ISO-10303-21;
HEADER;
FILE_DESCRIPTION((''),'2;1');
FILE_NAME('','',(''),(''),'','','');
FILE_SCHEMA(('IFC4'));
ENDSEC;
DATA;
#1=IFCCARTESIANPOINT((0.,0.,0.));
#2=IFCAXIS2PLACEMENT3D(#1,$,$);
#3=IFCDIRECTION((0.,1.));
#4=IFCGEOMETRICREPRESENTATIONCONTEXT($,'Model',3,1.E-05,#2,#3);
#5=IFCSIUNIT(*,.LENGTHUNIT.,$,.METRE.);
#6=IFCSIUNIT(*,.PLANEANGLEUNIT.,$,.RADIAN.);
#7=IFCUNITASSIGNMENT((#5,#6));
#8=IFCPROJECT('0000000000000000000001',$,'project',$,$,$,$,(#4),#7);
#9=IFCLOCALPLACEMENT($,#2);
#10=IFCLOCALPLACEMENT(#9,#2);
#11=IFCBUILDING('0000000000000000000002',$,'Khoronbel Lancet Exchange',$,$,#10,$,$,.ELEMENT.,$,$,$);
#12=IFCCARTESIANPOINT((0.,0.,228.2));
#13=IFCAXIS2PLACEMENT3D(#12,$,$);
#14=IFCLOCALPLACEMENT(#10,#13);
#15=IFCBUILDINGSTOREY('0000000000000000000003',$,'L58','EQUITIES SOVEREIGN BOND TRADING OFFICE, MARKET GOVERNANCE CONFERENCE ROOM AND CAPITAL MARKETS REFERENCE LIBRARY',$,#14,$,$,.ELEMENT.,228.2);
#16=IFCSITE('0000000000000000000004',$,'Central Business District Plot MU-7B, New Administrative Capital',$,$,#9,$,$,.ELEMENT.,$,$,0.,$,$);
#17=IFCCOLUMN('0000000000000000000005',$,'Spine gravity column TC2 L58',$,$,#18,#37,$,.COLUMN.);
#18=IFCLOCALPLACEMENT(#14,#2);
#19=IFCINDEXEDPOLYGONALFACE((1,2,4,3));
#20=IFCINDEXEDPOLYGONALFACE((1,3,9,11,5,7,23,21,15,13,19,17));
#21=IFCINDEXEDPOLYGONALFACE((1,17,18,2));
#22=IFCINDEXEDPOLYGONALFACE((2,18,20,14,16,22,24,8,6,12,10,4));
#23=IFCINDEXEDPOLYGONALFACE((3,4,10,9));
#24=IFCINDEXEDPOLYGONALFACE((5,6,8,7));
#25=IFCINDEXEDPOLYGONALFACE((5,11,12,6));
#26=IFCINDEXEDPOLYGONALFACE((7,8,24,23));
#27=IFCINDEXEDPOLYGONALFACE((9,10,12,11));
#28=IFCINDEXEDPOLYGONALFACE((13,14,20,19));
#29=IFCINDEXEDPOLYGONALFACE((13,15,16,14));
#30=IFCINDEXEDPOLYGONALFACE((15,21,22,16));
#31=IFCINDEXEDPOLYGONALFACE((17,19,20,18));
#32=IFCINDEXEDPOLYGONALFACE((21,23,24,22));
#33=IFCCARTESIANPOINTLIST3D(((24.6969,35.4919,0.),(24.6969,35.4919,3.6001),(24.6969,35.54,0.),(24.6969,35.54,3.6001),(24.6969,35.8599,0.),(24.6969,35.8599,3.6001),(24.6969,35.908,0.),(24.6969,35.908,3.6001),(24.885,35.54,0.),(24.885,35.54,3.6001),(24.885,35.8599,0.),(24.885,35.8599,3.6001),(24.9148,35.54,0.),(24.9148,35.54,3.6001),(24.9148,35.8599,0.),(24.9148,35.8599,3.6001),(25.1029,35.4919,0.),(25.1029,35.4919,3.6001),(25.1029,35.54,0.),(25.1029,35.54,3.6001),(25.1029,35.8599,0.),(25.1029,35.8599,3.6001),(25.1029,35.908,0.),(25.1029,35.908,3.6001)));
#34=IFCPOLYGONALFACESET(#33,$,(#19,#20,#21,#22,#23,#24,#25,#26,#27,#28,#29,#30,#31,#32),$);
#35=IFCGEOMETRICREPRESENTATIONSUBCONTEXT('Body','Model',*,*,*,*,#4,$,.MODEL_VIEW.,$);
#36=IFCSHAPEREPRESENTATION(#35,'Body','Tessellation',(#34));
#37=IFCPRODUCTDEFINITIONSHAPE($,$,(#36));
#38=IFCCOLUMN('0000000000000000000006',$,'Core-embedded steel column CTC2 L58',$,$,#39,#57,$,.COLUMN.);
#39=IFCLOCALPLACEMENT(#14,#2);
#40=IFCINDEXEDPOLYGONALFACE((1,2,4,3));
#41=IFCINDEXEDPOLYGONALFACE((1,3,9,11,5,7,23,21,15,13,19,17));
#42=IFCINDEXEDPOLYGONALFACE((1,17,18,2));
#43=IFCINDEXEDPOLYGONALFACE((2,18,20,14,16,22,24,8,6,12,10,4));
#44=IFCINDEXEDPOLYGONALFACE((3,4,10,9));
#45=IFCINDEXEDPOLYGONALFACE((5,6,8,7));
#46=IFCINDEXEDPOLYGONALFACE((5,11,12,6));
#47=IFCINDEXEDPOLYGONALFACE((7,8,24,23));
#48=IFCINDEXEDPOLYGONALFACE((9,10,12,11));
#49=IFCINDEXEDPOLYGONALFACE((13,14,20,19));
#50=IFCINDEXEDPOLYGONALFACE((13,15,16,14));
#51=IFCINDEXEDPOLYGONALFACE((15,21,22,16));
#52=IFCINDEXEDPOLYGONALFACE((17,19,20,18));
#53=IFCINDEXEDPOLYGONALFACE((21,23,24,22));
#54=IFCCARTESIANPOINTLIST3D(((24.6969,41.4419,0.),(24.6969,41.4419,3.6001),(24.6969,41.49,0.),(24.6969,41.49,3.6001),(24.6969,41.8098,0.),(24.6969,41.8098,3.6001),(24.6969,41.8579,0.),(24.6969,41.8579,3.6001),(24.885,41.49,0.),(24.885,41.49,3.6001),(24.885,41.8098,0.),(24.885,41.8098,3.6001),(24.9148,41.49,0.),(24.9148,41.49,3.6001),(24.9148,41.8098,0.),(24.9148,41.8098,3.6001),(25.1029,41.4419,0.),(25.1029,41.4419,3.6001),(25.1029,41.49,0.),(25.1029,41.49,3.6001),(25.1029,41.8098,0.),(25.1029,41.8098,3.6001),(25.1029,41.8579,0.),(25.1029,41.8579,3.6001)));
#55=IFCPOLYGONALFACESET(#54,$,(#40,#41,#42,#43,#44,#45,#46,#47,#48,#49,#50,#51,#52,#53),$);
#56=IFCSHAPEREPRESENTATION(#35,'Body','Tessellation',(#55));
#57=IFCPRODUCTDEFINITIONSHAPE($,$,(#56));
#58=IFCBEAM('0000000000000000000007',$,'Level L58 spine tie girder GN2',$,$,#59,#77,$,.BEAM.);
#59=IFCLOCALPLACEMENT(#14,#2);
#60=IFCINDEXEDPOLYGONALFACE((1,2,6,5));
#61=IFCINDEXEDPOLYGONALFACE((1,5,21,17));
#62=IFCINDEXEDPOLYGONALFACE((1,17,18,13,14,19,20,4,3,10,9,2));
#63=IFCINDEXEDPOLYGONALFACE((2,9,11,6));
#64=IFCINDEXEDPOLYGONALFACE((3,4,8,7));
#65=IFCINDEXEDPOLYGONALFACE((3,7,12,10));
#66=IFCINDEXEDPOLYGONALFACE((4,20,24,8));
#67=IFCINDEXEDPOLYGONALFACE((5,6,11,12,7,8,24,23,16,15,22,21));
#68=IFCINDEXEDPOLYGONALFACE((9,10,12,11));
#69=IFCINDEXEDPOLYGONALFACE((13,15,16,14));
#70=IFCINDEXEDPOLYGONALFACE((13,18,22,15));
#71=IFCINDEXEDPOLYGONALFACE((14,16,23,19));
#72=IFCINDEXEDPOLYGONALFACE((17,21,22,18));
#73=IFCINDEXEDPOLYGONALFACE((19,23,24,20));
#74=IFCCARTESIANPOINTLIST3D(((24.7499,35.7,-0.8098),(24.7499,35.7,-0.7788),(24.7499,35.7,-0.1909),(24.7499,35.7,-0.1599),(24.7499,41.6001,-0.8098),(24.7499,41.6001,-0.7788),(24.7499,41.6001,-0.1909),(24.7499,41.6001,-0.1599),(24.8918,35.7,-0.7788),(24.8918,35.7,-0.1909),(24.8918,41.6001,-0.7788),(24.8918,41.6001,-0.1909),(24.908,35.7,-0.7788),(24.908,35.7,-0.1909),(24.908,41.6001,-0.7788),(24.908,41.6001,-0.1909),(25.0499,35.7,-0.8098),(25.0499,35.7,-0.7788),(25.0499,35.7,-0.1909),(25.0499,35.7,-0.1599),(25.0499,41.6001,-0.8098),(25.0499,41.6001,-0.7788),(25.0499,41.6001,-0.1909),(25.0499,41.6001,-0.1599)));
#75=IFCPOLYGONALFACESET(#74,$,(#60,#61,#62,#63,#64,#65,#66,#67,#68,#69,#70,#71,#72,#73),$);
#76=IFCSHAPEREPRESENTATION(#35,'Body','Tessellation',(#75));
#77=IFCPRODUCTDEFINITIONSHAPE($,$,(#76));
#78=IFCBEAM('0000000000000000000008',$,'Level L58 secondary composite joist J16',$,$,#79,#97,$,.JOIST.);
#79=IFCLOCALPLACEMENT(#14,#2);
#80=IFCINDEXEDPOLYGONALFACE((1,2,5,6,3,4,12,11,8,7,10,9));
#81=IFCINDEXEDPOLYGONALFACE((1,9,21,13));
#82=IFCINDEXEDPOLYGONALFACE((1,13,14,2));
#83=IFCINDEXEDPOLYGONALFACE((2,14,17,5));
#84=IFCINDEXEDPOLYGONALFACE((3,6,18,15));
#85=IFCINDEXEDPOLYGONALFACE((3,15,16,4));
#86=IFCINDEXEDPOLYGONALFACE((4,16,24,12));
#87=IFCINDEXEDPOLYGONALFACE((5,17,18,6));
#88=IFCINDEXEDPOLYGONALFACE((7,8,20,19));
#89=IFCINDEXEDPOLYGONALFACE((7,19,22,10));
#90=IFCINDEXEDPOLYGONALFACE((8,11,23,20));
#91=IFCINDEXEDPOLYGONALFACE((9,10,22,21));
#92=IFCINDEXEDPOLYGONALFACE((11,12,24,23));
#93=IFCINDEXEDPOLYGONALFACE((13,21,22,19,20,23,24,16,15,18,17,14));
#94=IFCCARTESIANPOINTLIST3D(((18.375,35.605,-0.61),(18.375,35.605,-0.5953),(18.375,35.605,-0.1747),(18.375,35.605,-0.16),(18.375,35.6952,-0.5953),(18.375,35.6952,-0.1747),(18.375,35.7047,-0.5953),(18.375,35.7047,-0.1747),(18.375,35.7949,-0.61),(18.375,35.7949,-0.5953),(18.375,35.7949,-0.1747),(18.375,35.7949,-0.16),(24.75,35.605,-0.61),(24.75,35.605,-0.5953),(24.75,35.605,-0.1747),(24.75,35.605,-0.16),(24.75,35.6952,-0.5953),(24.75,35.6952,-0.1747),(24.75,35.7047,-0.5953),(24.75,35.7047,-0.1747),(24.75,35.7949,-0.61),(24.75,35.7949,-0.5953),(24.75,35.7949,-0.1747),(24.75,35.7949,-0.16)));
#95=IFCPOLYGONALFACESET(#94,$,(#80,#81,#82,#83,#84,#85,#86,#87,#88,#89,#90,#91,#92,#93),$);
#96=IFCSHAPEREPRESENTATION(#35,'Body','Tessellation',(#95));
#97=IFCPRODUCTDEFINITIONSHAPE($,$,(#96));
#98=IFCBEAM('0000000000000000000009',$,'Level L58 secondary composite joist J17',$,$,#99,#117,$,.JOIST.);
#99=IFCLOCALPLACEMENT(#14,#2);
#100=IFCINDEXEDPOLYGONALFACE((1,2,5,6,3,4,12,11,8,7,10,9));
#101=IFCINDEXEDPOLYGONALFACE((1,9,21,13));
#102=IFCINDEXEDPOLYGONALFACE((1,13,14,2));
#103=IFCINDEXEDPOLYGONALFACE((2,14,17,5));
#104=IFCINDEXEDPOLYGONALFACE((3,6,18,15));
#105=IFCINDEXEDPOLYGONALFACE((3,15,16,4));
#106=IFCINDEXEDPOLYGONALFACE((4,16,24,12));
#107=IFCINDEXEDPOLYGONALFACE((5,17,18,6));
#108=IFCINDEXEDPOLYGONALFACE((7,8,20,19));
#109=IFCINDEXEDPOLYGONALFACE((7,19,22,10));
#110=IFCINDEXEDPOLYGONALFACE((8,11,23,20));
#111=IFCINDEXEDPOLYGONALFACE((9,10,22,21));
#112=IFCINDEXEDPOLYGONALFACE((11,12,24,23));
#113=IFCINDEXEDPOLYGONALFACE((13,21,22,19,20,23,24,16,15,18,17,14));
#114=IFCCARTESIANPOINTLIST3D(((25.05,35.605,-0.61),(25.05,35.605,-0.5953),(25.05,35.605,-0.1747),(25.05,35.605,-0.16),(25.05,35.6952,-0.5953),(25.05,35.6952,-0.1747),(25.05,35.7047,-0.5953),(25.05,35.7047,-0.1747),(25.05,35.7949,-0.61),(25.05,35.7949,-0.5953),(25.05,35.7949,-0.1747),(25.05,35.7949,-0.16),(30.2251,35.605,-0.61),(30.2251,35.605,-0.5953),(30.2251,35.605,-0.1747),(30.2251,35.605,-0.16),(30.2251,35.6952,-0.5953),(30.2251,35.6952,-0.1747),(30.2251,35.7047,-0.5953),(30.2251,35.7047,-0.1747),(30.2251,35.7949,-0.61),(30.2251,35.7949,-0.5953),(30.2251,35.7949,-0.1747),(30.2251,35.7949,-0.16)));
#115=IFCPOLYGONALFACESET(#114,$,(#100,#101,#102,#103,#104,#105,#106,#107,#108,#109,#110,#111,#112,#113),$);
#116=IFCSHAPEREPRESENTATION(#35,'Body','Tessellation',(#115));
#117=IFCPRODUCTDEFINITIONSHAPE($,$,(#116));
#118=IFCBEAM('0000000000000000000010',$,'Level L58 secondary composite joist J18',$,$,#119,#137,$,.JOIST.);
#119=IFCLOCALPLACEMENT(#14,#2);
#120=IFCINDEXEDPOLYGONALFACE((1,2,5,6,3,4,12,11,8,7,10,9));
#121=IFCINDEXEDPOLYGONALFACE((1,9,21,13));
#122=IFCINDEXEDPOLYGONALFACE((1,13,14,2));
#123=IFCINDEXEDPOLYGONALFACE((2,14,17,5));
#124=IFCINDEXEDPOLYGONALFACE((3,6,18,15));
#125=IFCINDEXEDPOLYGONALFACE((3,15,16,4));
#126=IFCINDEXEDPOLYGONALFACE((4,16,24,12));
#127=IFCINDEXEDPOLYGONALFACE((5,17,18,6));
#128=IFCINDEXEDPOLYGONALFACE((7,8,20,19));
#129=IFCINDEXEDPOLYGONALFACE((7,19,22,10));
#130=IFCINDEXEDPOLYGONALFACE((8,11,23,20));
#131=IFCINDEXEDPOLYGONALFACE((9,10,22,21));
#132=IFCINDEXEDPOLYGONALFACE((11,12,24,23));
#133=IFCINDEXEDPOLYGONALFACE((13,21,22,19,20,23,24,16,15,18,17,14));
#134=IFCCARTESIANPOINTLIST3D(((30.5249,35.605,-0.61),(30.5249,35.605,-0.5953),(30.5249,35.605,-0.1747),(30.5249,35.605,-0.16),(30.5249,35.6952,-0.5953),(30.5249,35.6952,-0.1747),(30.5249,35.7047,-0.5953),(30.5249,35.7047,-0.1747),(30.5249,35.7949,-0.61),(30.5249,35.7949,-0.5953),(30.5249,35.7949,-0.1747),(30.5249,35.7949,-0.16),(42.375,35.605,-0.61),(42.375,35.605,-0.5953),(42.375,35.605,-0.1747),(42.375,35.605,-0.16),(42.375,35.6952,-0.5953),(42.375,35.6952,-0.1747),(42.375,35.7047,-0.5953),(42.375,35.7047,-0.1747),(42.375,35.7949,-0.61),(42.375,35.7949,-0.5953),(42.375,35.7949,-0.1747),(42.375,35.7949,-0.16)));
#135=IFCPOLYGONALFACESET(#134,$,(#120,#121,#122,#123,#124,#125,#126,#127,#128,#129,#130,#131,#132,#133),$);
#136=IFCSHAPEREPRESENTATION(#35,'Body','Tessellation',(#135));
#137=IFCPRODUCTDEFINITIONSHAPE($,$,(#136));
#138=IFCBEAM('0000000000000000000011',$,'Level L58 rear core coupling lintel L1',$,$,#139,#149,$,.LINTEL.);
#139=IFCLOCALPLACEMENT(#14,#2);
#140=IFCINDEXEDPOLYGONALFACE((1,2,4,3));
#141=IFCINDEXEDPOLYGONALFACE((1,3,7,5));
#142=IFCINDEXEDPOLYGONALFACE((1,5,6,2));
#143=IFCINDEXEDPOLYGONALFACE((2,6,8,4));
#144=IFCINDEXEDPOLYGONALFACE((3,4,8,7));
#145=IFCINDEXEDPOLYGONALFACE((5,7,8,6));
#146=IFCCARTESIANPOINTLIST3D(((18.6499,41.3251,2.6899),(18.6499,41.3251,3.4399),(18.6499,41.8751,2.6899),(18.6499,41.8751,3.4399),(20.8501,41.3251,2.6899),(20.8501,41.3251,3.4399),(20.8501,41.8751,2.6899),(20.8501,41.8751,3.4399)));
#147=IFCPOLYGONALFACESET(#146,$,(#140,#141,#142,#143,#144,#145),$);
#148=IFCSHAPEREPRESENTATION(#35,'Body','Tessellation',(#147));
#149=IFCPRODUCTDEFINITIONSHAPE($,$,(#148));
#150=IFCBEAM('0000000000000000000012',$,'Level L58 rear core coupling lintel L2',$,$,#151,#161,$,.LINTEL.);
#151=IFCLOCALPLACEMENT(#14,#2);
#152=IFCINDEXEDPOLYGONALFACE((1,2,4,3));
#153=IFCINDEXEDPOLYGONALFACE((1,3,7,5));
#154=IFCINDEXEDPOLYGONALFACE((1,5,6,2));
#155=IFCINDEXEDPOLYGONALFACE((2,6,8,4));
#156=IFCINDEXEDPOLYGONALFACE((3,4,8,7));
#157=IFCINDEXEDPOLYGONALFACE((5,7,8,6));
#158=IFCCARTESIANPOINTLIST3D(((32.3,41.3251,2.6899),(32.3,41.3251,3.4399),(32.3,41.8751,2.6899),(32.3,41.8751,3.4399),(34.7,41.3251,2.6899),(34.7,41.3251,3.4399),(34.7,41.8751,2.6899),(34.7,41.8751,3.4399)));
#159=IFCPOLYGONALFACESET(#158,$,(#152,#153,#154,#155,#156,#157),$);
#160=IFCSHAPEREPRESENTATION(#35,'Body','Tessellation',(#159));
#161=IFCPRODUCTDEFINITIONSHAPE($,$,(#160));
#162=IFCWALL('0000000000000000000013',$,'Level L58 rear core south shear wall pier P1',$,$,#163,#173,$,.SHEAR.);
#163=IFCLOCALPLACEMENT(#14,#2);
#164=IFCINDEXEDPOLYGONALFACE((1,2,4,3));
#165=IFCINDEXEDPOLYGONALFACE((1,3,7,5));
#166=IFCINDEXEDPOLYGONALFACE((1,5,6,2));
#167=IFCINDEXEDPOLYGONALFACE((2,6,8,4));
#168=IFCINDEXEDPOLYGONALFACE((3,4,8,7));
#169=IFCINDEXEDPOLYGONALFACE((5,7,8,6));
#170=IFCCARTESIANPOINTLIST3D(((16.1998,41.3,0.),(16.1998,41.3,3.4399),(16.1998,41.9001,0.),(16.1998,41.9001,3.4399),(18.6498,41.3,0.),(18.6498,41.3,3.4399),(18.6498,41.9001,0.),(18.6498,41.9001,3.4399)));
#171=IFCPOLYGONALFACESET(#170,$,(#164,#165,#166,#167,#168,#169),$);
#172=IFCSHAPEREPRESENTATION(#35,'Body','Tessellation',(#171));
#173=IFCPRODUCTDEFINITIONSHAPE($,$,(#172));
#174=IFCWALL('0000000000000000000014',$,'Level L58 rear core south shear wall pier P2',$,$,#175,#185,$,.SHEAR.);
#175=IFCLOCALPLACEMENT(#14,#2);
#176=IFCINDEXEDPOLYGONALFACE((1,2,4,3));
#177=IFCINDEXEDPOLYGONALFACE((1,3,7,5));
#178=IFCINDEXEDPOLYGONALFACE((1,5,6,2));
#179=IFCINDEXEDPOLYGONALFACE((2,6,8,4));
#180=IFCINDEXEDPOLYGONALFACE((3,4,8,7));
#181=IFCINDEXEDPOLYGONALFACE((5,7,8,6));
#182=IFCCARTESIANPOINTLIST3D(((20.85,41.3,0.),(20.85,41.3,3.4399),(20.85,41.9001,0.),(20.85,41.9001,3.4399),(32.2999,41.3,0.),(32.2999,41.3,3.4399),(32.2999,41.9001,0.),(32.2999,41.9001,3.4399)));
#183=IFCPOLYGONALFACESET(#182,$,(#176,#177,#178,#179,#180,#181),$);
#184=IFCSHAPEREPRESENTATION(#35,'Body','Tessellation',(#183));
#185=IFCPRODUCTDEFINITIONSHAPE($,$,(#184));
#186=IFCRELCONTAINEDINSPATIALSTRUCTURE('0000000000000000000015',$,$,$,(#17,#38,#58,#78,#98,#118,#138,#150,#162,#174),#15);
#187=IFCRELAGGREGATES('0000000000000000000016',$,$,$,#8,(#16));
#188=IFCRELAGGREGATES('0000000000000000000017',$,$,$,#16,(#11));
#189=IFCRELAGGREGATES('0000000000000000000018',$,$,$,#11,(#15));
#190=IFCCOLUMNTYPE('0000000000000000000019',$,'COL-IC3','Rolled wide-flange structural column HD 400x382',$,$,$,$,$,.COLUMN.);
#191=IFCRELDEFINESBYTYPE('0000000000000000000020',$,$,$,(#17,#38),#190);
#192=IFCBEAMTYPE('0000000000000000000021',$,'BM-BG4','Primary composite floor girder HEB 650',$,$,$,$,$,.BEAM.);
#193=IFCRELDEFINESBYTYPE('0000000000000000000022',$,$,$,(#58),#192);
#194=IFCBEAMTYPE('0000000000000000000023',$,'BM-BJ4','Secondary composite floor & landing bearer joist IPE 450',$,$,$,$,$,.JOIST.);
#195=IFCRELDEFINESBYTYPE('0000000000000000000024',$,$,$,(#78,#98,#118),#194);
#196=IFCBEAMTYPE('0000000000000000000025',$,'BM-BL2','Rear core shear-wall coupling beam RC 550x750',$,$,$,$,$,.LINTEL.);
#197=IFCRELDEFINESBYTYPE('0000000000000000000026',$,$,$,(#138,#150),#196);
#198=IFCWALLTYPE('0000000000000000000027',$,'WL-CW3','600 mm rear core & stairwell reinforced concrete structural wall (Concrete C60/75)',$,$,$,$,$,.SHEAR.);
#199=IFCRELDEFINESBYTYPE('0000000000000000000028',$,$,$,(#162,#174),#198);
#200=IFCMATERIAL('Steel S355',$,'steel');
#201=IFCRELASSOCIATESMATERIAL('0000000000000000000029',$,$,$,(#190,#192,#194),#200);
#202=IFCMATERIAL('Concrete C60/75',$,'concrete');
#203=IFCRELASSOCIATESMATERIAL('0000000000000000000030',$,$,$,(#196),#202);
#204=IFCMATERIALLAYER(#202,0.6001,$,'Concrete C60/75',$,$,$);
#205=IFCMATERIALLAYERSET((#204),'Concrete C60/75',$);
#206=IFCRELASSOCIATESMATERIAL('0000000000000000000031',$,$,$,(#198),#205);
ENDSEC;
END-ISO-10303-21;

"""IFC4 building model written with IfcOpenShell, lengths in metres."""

from ifc_helpers import new_model, si_unit, direction, frame, frame_2d, origin, origin_2d, place, context, subcontext, project, spatial, rectangle, i_section, extrude, material, layer, layer_set, material_profile, profile_set, type_object, element, save


model = new_model("IFC4")

# Units and contexts
model_context = context("Model", 3, precision=1e-05, world=origin(), true_north=direction((0.0, 1.0)))
body_context = subcontext(model_context, "Body", "Model", "MODEL_VIEW")
ifc_project = project(units=[si_unit("LENGTHUNIT", "METRE"), si_unit("PLANEANGLEUNIT", "RADIAN")], contexts=[model_context])

# Site, building, storey
site_placement = place(None, origin())
site = spatial("IfcSite", under=ifc_project, at=site_placement, Name="Central Business District Plot MU-7B, New Administrative Capital", CompositionType="ELEMENT", RefElevation=0.0)
building_placement = place(site_placement, origin())
building = spatial("IfcBuilding", under=site, at=building_placement, Name="Khoronbel Lancet Exchange", CompositionType="ELEMENT")
storey_placement = place(building_placement, frame((0.0, 0.0, 228.2)))
storey = spatial("IfcBuildingStorey", under=building, at=storey_placement, Name="L58", Description="EQUITIES SOVEREIGN BOND TRADING OFFICE, MARKET GOVERNANCE CONFERENCE ROOM AND CAPITAL MARKETS REFERENCE LIBRARY", CompositionType="ELEMENT", Elevation=228.2)

# Columns
ifc_material_1 = material(Name="Steel S355", Category="steel")
ifc_material_profile_1 = material_profile(ifc_material_1, i_section(OverallWidth=0.406, OverallDepth=0.416, WebThickness=0.0298, FlangeThickness=0.0481, at=origin_2d()), Name="HD 400x382")
ifc_profile_set_1 = profile_set([ifc_material_profile_1], Name="Steel S355")
column_type = type_object("IfcColumnType", Name="COL-IC3", Description="Rolled wide-flange structural column HD 400x382", PredefinedType="COLUMN", material=ifc_profile_set_1)
for number, where, z_axis, x_axis, name in (
    (1, (24.8999, 35.7, 0.0), (0.0, 0.0, 1.0), (1.0, 0.0, 0.0), "Spine gravity column TC2 L58"),
    (2, (24.8999, 41.6499, 0.0), (0.0, 0.0, 1.0), (1.0, 0.0, 0.0), "Core-embedded steel column CTC2 L58"),
):
    element("IfcColumn", number, at=place(storey_placement, frame(where, z_axis=z_axis, x_axis=x_axis)), inside=storey, type_object=column_type, Name=name, PredefinedType="COLUMN", context=body_context, shape_type="SweptSolid", body=[
        extrude(i_section(OverallWidth=0.406, OverallDepth=0.416, WebThickness=0.0298, FlangeThickness=0.0481, at=origin_2d()), origin(), (0.0, 0.0, 1.0), 3.6001),
    ])

# Beams
ifc_material_profile_2 = material_profile(ifc_material_1, i_section(OverallWidth=0.3, OverallDepth=0.6499, WebThickness=0.0161, FlangeThickness=0.031, at=origin_2d()), Name="HEB 650")
ifc_profile_set_2 = profile_set([ifc_material_profile_2], Name="Steel S355")
beam_type_1 = type_object("IfcBeamType", Name="BM-BG4", Description="Primary composite floor girder HEB 650", PredefinedType="BEAM", material=ifc_profile_set_2)
beam_1_placement = place(storey_placement, frame((24.8999, 35.7, -0.4849), z_axis=(0.0, 1.0, 0.0), x_axis=(-1.0, 0.0, 0.0)))
element("IfcBeam", 3, at=beam_1_placement, inside=storey, type_object=beam_type_1, Name="Level L58 spine tie girder GN2", PredefinedType="BEAM", context=body_context, shape_type="SweptSolid", body=[
    extrude(i_section(OverallWidth=0.3, OverallDepth=0.6499, WebThickness=0.0161, FlangeThickness=0.031, at=origin_2d()), origin(), (0.0, 0.0, 1.0), 5.9001),
])
ifc_material_profile_3 = material_profile(ifc_material_1, i_section(OverallWidth=0.1899, OverallDepth=0.45, WebThickness=0.0095, FlangeThickness=0.0146, at=origin_2d()), Name="IPE 450")
ifc_profile_set_3 = profile_set([ifc_material_profile_3], Name="Steel S355")
beam_type_2 = type_object("IfcBeamType", Name="BM-BJ4", Description="Secondary composite floor & landing bearer joist IPE 450", PredefinedType="JOIST", material=ifc_profile_set_3)
beam_2_placement = place(storey_placement, frame((18.375, 35.7, -0.385), z_axis=(1.0, 0.0, 0.0), x_axis=(0.0, 1.0, 0.0)))
element("IfcBeam", 4, at=beam_2_placement, inside=storey, type_object=beam_type_2, Name="Level L58 secondary composite joist J16", PredefinedType="JOIST", context=body_context, shape_type="SweptSolid", body=[
    extrude(i_section(OverallWidth=0.1899, OverallDepth=0.45, WebThickness=0.0095, FlangeThickness=0.0146, at=origin_2d()), origin(), (0.0, 0.0, 1.0), 6.375),
])
beam_3_placement = place(storey_placement, frame((25.05, 35.7, -0.385), z_axis=(1.0, 0.0, 0.0), x_axis=(0.0, 1.0, 0.0)))
element("IfcBeam", 5, at=beam_3_placement, inside=storey, type_object=beam_type_2, Name="Level L58 secondary composite joist J17", PredefinedType="JOIST", context=body_context, shape_type="SweptSolid", body=[
    extrude(i_section(OverallWidth=0.1899, OverallDepth=0.45, WebThickness=0.0095, FlangeThickness=0.0146, at=origin_2d()), origin(), (0.0, 0.0, 1.0), 5.175),
])
beam_4_placement = place(storey_placement, frame((30.5249, 35.7, -0.385), z_axis=(1.0, 0.0, 0.0), x_axis=(0.0, 1.0, 0.0)))
element("IfcBeam", 6, at=beam_4_placement, inside=storey, type_object=beam_type_2, Name="Level L58 secondary composite joist J18", PredefinedType="JOIST", context=body_context, shape_type="SweptSolid", body=[
    extrude(i_section(OverallWidth=0.1899, OverallDepth=0.45, WebThickness=0.0095, FlangeThickness=0.0146, at=origin_2d()), origin(), (0.0, 0.0, 1.0), 11.8501),
])
ifc_material_2 = material(Name="Concrete C60/75", Category="concrete")
ifc_material_profile_4 = material_profile(ifc_material_2, rectangle(XDim=0.55, YDim=0.75, at=origin_2d()), Name="RC 550x750")
ifc_profile_set_4 = profile_set([ifc_material_profile_4], Name="Concrete C60/75")
beam_type_3 = type_object("IfcBeamType", Name="BM-BL2", Description="Rear core shear-wall coupling beam RC 550x750", PredefinedType="LINTEL", material=ifc_profile_set_4)
beam_5_placement = place(storey_placement, frame((18.6499, 41.6001, 3.0649), z_axis=(1.0, 0.0, 0.0), x_axis=(0.0, 1.0, 0.0)))
element("IfcBeam", 7, at=beam_5_placement, inside=storey, type_object=beam_type_3, Name="Level L58 rear core coupling lintel L1", PredefinedType="LINTEL", context=body_context, shape_type="SweptSolid", body=[
    extrude(rectangle(XDim=0.55, YDim=0.75, at=origin_2d()), origin(), (0.0, 0.0, 1.0), 2.2002),
])
beam_6_placement = place(storey_placement, frame((32.3, 41.6001, 3.0649), z_axis=(1.0, 0.0, 0.0), x_axis=(0.0, 1.0, 0.0)))
element("IfcBeam", 8, at=beam_6_placement, inside=storey, type_object=beam_type_3, Name="Level L58 rear core coupling lintel L2", PredefinedType="LINTEL", context=body_context, shape_type="SweptSolid", body=[
    extrude(rectangle(XDim=0.55, YDim=0.75, at=origin_2d()), origin(), (0.0, 0.0, 1.0), 2.3999),
])

# Walls
ifc_layer_1 = layer(ifc_material_2, 0.6001, Name="Concrete C60/75")
ifc_layer_set_1 = layer_set([ifc_layer_1], Name="Concrete C60/75")
wall_type_1 = type_object("IfcWallType", Name="WL-CW3", Description="600 mm rear core & stairwell reinforced concrete structural wall (Concrete C60/75)", PredefinedType="SHEAR", material=ifc_layer_set_1)
wall_1_placement = place(storey_placement, frame((18.6499, 41.6001, 0.0), z_axis=(0.0, 0.0, 1.0), x_axis=(-1.0, 0.0, 0.0)))
element("IfcWall", 9, at=wall_1_placement, inside=storey, type_object=wall_type_1, Name="Level L58 rear core south shear wall pier P1", PredefinedType="SHEAR", context=body_context, shape_type="SweptSolid", body=[
    extrude(rectangle(XDim=2.45, YDim=0.6001, at=frame_2d((1.2251, 0.0))), origin(), (0.0, 0.0, 1.0), 3.4399),
])
wall_2_placement = place(storey_placement, frame((32.3, 41.6001, 0.0), z_axis=(0.0, 0.0, 1.0), x_axis=(-1.0, 0.0, 0.0)))
element("IfcWall", 10, at=wall_2_placement, inside=storey, type_object=wall_type_1, Name="Level L58 rear core south shear wall pier P2", PredefinedType="SHEAR", context=body_context, shape_type="SweptSolid", body=[
    extrude(rectangle(XDim=11.45, YDim=0.6001, at=frame_2d((5.7251, 0.0))), origin(), (0.0, 0.0, 1.0), 3.4399),
])

save(model, "model.ifc")
